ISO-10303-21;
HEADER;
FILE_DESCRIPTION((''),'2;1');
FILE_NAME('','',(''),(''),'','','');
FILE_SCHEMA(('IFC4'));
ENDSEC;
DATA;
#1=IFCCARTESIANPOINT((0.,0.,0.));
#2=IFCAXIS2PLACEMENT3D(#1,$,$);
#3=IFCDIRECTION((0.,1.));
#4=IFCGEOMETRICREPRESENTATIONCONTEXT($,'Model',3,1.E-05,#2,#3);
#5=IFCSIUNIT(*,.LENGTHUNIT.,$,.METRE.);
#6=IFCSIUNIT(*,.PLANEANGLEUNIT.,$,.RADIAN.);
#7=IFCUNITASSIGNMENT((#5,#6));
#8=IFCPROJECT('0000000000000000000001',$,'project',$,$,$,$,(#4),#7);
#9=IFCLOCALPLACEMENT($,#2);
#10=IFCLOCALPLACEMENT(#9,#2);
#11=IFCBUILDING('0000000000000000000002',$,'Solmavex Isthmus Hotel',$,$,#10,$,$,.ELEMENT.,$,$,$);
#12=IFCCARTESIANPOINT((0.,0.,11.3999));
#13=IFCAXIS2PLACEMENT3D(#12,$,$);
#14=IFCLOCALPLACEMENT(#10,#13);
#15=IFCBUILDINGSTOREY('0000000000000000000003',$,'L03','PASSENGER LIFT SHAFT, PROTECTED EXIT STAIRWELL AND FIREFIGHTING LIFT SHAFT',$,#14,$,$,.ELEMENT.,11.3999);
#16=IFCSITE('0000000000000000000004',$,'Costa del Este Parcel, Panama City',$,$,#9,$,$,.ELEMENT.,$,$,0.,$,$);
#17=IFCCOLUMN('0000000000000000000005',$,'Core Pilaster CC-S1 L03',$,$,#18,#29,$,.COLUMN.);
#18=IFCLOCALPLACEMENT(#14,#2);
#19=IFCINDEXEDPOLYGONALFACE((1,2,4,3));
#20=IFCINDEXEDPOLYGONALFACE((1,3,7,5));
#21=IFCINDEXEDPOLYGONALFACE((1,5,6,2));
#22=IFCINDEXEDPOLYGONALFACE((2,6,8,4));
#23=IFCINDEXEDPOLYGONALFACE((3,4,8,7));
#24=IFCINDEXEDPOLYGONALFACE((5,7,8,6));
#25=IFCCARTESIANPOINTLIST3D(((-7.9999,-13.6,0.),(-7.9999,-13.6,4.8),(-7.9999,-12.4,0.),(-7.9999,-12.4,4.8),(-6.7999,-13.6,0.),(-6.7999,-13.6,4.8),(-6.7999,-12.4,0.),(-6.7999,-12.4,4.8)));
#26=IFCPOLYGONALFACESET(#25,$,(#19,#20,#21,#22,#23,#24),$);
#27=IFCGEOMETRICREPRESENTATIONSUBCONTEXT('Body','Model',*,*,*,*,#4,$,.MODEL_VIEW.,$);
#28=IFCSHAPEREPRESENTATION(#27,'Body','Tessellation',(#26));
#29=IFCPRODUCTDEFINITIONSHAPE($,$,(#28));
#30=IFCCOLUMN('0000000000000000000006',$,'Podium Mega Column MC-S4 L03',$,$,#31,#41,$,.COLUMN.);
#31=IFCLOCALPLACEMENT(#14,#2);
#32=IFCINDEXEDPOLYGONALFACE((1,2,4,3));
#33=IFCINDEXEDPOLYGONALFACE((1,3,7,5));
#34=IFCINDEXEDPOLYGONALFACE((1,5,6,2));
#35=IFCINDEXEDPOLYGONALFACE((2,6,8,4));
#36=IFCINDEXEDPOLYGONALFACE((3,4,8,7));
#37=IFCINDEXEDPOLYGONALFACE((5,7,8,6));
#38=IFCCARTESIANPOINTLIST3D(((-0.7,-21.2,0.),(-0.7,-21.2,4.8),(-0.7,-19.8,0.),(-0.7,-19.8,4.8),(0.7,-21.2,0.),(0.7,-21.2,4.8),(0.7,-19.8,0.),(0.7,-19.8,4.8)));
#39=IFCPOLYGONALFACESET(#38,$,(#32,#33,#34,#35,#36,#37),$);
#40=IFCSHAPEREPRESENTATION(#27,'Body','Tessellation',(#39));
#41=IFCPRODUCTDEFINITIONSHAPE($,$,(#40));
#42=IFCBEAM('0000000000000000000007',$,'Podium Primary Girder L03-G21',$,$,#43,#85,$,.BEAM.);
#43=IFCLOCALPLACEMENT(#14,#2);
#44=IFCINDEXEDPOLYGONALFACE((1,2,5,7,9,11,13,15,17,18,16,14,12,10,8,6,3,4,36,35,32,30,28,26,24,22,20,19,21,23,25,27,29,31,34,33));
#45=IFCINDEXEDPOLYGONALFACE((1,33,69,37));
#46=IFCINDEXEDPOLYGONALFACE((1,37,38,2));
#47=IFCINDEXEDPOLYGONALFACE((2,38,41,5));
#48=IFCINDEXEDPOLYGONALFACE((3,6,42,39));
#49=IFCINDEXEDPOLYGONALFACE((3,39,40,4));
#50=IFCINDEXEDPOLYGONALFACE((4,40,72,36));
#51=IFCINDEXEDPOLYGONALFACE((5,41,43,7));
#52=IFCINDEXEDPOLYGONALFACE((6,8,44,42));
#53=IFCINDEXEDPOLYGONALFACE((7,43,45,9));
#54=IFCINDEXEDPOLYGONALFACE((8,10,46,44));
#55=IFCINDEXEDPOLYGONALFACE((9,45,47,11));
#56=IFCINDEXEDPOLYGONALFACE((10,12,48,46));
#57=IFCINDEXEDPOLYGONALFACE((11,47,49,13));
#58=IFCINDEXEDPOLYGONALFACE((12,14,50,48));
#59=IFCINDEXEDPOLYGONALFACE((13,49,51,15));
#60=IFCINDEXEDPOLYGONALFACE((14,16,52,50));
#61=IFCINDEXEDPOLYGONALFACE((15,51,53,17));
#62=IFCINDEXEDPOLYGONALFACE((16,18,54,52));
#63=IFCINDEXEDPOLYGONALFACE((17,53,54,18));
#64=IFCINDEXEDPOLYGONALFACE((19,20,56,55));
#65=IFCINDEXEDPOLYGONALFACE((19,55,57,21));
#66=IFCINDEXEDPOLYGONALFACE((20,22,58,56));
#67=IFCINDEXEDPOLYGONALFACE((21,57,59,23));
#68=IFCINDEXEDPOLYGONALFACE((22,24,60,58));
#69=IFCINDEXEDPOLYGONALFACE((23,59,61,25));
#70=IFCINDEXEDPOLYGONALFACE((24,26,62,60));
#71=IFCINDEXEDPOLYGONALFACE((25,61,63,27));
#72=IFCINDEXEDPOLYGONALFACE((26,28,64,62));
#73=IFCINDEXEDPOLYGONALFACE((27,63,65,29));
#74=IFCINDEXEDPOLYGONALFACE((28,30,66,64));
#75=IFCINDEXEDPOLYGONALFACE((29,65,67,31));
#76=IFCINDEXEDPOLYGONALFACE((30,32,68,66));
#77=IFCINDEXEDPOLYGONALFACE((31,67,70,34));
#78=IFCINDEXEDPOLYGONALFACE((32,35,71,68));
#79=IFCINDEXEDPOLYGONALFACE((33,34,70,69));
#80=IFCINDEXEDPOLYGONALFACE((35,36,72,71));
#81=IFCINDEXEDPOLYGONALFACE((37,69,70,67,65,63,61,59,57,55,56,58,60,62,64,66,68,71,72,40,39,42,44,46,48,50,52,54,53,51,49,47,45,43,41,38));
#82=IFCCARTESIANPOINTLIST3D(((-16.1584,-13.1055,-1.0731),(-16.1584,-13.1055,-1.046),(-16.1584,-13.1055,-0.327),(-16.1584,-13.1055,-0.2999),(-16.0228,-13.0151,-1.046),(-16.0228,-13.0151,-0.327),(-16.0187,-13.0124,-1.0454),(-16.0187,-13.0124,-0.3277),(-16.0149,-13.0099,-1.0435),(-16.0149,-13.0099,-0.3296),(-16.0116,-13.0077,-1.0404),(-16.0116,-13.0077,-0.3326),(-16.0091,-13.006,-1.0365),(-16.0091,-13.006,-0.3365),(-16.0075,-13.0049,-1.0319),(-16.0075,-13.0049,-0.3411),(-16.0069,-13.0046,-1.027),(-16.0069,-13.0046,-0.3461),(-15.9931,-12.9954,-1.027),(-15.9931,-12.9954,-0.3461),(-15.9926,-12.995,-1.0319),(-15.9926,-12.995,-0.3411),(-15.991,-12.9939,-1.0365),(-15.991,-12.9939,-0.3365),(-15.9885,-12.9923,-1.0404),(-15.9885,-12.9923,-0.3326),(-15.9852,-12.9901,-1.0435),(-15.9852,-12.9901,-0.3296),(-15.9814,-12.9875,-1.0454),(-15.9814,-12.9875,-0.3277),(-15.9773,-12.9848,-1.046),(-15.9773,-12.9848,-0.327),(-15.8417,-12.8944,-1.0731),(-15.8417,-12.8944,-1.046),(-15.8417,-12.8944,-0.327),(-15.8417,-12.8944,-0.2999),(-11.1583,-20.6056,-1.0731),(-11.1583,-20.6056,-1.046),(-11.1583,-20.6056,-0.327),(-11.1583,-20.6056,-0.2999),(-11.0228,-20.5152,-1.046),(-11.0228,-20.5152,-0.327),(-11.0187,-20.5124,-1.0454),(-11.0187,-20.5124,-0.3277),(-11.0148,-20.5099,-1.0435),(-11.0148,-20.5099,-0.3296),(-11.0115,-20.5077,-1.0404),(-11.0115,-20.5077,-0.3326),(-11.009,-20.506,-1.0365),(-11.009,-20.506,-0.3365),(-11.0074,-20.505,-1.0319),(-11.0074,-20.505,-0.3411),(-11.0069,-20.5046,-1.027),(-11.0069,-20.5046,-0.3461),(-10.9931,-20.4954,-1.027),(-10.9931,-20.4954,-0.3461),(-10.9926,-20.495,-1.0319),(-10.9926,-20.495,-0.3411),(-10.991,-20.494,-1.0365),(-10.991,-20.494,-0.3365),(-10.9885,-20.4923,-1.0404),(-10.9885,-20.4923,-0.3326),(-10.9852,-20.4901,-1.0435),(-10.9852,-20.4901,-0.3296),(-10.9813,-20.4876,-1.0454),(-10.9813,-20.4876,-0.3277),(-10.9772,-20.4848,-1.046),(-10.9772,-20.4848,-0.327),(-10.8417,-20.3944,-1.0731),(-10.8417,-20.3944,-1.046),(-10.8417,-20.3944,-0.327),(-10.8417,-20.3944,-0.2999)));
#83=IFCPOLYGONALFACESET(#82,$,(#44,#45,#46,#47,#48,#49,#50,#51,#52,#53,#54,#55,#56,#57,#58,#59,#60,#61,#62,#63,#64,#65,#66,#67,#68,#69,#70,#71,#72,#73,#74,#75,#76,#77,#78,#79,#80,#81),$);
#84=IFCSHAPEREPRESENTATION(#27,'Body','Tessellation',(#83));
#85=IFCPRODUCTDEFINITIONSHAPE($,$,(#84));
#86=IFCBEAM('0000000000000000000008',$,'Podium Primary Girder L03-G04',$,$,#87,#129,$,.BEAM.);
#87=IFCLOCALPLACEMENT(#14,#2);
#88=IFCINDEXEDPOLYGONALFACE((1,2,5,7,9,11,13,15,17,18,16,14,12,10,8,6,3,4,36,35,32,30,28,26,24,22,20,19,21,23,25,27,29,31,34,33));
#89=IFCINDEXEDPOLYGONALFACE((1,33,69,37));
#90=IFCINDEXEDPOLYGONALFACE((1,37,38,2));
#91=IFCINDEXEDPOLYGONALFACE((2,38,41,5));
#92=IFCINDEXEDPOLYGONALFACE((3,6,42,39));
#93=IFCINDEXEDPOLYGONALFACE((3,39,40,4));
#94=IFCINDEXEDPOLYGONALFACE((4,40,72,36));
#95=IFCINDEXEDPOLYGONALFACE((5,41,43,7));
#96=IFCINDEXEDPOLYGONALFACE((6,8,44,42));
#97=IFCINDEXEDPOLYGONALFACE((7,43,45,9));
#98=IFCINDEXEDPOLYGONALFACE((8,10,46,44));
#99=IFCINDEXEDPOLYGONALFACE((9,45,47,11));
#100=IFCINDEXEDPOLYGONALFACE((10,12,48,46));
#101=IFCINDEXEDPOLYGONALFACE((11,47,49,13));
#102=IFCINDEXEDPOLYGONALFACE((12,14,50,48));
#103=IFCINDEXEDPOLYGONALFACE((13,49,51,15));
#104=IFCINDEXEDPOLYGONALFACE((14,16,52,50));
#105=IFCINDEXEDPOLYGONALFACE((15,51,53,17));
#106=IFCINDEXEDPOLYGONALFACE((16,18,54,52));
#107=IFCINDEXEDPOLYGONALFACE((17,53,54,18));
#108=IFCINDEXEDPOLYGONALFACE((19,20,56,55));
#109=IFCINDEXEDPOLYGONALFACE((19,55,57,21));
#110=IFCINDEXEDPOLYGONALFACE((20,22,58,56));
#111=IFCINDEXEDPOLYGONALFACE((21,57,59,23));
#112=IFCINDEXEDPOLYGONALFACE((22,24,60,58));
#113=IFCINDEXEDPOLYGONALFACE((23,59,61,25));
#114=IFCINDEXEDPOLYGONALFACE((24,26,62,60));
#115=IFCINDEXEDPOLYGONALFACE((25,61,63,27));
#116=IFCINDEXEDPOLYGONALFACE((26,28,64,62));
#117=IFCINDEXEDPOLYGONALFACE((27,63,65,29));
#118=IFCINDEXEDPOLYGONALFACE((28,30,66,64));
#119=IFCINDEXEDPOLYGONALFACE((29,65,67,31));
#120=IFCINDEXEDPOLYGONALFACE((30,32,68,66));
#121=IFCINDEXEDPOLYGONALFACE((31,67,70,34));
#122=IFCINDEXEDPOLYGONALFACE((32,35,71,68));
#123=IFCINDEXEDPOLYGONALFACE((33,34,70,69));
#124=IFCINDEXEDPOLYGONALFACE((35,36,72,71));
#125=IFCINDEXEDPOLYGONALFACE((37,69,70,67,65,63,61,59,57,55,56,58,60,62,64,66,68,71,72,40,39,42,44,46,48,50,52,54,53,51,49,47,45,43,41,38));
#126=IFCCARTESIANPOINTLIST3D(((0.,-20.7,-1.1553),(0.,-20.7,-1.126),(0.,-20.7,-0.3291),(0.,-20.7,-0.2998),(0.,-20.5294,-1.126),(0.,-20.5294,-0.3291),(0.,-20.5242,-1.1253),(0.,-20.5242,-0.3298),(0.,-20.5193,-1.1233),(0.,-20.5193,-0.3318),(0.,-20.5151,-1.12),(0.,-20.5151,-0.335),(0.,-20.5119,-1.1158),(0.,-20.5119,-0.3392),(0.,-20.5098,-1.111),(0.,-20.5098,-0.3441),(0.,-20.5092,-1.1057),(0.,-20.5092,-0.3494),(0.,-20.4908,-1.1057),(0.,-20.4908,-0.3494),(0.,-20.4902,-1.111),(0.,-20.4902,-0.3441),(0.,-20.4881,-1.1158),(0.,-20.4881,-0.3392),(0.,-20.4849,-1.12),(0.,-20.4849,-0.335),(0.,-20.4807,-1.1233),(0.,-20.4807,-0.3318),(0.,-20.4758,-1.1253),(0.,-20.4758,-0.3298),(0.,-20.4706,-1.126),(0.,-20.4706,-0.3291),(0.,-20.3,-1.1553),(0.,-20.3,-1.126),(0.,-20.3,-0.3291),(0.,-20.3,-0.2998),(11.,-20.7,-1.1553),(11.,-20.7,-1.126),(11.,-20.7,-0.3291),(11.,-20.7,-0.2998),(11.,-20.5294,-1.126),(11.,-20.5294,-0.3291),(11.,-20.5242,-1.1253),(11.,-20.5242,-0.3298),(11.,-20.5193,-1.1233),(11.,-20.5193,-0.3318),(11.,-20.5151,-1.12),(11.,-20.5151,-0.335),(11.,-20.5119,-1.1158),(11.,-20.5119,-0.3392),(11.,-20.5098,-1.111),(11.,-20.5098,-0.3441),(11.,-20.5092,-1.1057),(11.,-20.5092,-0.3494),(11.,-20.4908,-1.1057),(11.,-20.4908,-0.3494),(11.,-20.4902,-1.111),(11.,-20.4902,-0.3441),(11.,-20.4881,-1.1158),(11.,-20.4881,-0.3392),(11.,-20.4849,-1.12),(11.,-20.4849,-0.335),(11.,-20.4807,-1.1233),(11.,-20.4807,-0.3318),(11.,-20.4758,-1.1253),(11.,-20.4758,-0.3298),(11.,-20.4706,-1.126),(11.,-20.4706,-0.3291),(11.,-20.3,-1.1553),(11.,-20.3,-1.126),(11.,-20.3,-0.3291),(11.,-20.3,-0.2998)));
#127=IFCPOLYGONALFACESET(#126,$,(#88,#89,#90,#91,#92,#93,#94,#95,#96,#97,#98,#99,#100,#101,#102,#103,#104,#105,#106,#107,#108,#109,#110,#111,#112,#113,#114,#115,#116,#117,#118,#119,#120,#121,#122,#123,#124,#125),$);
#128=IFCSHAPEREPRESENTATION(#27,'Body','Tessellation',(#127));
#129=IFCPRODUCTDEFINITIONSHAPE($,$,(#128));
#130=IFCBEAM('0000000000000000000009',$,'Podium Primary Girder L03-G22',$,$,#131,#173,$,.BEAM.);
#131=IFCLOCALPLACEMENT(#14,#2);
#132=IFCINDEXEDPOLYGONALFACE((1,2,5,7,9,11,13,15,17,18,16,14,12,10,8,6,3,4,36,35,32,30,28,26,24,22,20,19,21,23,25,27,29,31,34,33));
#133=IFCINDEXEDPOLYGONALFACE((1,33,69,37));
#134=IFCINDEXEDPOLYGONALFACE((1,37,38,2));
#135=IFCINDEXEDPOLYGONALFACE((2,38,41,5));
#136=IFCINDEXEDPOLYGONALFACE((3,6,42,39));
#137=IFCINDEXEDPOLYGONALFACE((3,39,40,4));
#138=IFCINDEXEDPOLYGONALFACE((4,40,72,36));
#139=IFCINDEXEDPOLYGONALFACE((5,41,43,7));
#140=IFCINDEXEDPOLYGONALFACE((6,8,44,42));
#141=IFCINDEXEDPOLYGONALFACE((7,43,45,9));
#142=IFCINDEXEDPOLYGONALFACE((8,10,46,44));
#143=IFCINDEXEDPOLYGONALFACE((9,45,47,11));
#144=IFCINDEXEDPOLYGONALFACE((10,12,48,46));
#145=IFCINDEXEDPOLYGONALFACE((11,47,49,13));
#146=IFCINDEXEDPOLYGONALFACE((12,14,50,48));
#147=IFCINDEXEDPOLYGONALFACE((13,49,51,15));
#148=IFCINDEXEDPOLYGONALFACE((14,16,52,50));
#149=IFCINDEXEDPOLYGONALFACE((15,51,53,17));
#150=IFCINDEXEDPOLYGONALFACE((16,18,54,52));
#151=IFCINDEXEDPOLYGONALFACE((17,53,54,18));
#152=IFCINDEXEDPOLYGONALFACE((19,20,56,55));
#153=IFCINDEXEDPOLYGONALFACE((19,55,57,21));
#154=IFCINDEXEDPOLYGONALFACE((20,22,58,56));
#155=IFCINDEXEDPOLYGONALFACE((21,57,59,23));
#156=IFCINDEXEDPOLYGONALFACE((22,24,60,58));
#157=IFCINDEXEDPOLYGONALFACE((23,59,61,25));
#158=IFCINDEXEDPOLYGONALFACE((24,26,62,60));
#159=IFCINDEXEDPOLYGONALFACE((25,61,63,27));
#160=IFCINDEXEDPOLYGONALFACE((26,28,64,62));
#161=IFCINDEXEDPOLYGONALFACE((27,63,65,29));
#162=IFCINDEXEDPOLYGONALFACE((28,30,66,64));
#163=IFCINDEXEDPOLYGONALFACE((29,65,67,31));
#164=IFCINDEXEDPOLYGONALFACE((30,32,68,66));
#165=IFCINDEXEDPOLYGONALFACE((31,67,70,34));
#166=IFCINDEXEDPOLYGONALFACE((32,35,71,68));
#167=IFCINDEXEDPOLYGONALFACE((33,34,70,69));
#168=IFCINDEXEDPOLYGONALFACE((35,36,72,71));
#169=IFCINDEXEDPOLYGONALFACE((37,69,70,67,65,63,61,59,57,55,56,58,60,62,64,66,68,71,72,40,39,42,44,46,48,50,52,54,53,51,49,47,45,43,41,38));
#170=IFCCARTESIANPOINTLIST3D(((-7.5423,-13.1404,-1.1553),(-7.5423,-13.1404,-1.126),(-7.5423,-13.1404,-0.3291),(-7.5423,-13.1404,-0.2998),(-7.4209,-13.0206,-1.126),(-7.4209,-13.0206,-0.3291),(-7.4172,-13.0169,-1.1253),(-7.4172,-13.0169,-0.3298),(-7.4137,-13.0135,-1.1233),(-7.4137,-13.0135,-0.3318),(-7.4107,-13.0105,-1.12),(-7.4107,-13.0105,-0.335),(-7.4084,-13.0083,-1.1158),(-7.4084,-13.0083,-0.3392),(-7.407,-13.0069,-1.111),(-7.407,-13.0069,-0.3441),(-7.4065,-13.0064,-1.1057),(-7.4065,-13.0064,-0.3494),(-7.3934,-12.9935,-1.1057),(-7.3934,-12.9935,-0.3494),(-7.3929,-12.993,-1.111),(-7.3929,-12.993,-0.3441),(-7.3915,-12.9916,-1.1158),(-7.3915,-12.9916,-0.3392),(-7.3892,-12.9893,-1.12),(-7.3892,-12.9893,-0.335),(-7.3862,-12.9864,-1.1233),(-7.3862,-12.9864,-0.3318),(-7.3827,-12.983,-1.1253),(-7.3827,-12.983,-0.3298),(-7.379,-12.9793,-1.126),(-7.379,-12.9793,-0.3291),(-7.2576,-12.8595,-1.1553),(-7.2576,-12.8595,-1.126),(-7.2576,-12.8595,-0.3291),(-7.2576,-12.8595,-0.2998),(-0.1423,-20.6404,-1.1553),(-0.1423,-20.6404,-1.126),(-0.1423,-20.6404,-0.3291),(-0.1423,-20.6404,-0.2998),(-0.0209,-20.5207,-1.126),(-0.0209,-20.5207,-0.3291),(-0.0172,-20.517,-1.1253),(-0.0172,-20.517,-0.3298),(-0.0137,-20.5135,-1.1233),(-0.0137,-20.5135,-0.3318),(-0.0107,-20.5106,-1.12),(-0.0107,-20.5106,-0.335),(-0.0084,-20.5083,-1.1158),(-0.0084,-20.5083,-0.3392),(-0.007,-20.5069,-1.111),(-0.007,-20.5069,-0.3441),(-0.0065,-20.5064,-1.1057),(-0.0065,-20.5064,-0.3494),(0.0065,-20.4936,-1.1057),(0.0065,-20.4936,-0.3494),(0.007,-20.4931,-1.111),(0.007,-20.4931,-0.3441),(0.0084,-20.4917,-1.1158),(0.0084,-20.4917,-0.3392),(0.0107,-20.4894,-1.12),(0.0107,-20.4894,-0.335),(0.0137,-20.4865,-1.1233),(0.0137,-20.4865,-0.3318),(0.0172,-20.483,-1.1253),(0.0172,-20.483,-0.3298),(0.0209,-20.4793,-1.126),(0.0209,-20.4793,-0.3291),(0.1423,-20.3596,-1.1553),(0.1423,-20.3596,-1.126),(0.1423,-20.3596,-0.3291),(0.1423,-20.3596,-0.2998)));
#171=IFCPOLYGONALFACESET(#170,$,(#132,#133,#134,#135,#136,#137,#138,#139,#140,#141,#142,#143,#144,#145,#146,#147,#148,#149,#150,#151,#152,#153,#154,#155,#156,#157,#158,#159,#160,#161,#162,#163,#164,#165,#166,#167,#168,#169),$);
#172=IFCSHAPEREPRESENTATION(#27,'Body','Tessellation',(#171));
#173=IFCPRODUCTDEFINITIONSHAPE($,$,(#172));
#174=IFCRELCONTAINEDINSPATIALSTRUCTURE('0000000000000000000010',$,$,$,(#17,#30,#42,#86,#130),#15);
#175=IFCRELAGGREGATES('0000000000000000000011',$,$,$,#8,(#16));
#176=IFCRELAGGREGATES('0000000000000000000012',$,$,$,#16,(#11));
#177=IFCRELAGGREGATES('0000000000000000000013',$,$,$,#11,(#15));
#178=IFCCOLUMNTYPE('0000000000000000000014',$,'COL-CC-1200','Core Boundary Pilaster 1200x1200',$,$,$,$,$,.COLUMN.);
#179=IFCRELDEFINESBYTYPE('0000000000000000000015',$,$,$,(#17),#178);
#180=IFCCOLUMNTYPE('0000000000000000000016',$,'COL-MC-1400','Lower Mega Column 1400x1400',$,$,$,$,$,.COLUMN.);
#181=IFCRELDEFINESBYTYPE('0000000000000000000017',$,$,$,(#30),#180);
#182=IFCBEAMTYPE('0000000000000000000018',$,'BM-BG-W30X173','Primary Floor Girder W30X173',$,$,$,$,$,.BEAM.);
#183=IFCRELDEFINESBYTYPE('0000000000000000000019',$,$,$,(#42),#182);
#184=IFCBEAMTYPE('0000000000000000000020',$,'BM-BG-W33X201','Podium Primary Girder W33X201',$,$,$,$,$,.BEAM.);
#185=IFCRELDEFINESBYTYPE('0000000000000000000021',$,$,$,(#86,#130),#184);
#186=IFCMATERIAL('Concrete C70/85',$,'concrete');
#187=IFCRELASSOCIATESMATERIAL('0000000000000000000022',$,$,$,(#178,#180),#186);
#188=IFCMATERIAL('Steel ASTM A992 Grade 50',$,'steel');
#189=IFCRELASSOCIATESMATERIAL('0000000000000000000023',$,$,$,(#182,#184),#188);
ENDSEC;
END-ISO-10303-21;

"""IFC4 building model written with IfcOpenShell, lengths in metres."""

from ifc_helpers import new_model, si_unit, direction, frame, origin, origin_2d, place, context, subcontext, project, spatial, rectangle, i_section, extrude, material, material_profile, profile_set, type_object, element, save


model = new_model("IFC4")

# Units and contexts
model_context = context("Model", 3, precision=1e-05, world=origin(), true_north=direction((0.0, 1.0)))
body_context = subcontext(model_context, "Body", "Model", "MODEL_VIEW")
ifc_project = project(units=[si_unit("LENGTHUNIT", "METRE"), si_unit("PLANEANGLEUNIT", "RADIAN")], contexts=[model_context])

# Site, building, storey
site_placement = place(None, origin())
site = spatial("IfcSite", under=ifc_project, at=site_placement, Name="Costa del Este Parcel, Panama City", CompositionType="ELEMENT", RefElevation=0.0)
building_placement = place(site_placement, origin())
building = spatial("IfcBuilding", under=site, at=building_placement, Name="Solmavex Isthmus Hotel", CompositionType="ELEMENT")
storey_placement = place(building_placement, frame((0.0, 0.0, 11.3999)))
storey = spatial("IfcBuildingStorey", under=building, at=storey_placement, Name="L03", Description="PASSENGER LIFT SHAFT, PROTECTED EXIT STAIRWELL AND FIREFIGHTING LIFT SHAFT", CompositionType="ELEMENT", Elevation=11.3999)

# Columns
ifc_material_1 = material(Name="Concrete C70/85", Category="concrete")
ifc_material_profile_1 = material_profile(ifc_material_1, rectangle(XDim=1.2, YDim=1.2, at=origin_2d()), Name="RC1200X1200")
ifc_profile_set_1 = profile_set([ifc_material_profile_1], Name="Concrete C70/85")
column_type_1 = type_object("IfcColumnType", Name="COL-CC-1200", Description="Core Boundary Pilaster 1200x1200", PredefinedType="COLUMN", material=ifc_profile_set_1)
column_1_placement = place(storey_placement, frame((-7.3999, -13.0, 0.0), z_axis=(0.0, 0.0, 1.0), x_axis=(1.0, 0.0, 0.0)))
element("IfcColumn", 1, at=column_1_placement, inside=storey, type_object=column_type_1, Name="Core Pilaster CC-S1 L03", PredefinedType="COLUMN", context=body_context, shape_type="SweptSolid", body=[
    extrude(rectangle(XDim=1.2, YDim=1.2, at=origin_2d()), origin(), (0.0, 0.0, 1.0), 4.8),
])
ifc_material_profile_2 = material_profile(ifc_material_1, rectangle(XDim=1.3999, YDim=1.3999, at=origin_2d()), Name="RC1400X1400")
ifc_profile_set_2 = profile_set([ifc_material_profile_2], Name="Concrete C70/85")
column_type_2 = type_object("IfcColumnType", Name="COL-MC-1400", Description="Lower Mega Column 1400x1400", PredefinedType="COLUMN", material=ifc_profile_set_2)
column_2_placement = place(storey_placement, frame((0.0, -20.5, 0.0), z_axis=(0.0, 0.0, 1.0), x_axis=(1.0, 0.0, 0.0)))
element("IfcColumn", 2, at=column_2_placement, inside=storey, type_object=column_type_2, Name="Podium Mega Column MC-S4 L03", PredefinedType="COLUMN", context=body_context, shape_type="SweptSolid", body=[
    extrude(rectangle(XDim=1.3999, YDim=1.3999, at=origin_2d()), origin(), (0.0, 0.0, 1.0), 4.8),
])

# Beams
ifc_material_2 = material(Name="Steel ASTM A992 Grade 50", Category="steel")
ifc_material_profile_3 = material_profile(ifc_material_2, i_section(OverallWidth=0.3806, OverallDepth=0.7732, WebThickness=0.0166, FlangeThickness=0.0271, FilletRadius=0.019, at=origin_2d()), Name="W30X173")
ifc_profile_set_3 = profile_set([ifc_material_profile_3], Name="Steel ASTM A992 Grade 50")
beam_type_1 = type_object("IfcBeamType", Name="BM-BG-W30X173", Description="Primary Floor Girder W30X173", PredefinedType="BEAM", material=ifc_profile_set_3)
beam_1_placement = place(storey_placement, frame((-11.0, -20.5, -0.6865), z_axis=(-0.5547, 0.83205, 0.0), x_axis=(-0.83205, -0.5547, 0.0)))
element("IfcBeam", 3, at=beam_1_placement, inside=storey, type_object=beam_type_1, Name="Podium Primary Girder L03-G21", PredefinedType="BEAM", context=body_context, shape_type="SweptSolid", body=[
    extrude(i_section(OverallWidth=0.3806, OverallDepth=0.7732, WebThickness=0.0166, FlangeThickness=0.0271, FilletRadius=0.019, at=origin_2d()), origin(), (0.0, 0.0, 1.0), 9.0139),
])
ifc_material_profile_4 = material_profile(ifc_material_2, i_section(OverallWidth=0.3999, OverallDepth=0.8555, WebThickness=0.0183, FlangeThickness=0.0293, FilletRadius=0.0203, at=origin_2d()), Name="W33X201")
ifc_profile_set_4 = profile_set([ifc_material_profile_4], Name="Steel ASTM A992 Grade 50")
beam_type_2 = type_object("IfcBeamType", Name="BM-BG-W33X201", Description="Podium Primary Girder W33X201", PredefinedType="BEAM", material=ifc_profile_set_4)
beam_2_placement = place(storey_placement, frame((0.0, -20.5, -0.7275), z_axis=(1.0, 0.0, 0.0), x_axis=(0.0, 1.0, 0.0)))
element("IfcBeam", 4, at=beam_2_placement, inside=storey, type_object=beam_type_2, Name="Podium Primary Girder L03-G04", PredefinedType="BEAM", context=body_context, shape_type="SweptSolid", body=[
    extrude(i_section(OverallWidth=0.3999, OverallDepth=0.8555, WebThickness=0.0183, FlangeThickness=0.0293, FilletRadius=0.0203, at=origin_2d()), origin(), (0.0, 0.0, 1.0), 11.0),
])
beam_3_placement = place(storey_placement, frame((0.0, -20.5, -0.7275), z_axis=(-0.702341, 0.711841, 0.0), x_axis=(-0.711841, -0.702341, 0.0)))
element("IfcBeam", 5, at=beam_3_placement, inside=storey, type_object=beam_type_2, Name="Podium Primary Girder L03-G22", PredefinedType="BEAM", context=body_context, shape_type="SweptSolid", body=[
    extrude(i_section(OverallWidth=0.3999, OverallDepth=0.8555, WebThickness=0.0183, FlangeThickness=0.0293, FilletRadius=0.0203, at=origin_2d()), origin(), (0.0, 0.0, 1.0), 10.5361),
])

save(model, "model.ifc")
